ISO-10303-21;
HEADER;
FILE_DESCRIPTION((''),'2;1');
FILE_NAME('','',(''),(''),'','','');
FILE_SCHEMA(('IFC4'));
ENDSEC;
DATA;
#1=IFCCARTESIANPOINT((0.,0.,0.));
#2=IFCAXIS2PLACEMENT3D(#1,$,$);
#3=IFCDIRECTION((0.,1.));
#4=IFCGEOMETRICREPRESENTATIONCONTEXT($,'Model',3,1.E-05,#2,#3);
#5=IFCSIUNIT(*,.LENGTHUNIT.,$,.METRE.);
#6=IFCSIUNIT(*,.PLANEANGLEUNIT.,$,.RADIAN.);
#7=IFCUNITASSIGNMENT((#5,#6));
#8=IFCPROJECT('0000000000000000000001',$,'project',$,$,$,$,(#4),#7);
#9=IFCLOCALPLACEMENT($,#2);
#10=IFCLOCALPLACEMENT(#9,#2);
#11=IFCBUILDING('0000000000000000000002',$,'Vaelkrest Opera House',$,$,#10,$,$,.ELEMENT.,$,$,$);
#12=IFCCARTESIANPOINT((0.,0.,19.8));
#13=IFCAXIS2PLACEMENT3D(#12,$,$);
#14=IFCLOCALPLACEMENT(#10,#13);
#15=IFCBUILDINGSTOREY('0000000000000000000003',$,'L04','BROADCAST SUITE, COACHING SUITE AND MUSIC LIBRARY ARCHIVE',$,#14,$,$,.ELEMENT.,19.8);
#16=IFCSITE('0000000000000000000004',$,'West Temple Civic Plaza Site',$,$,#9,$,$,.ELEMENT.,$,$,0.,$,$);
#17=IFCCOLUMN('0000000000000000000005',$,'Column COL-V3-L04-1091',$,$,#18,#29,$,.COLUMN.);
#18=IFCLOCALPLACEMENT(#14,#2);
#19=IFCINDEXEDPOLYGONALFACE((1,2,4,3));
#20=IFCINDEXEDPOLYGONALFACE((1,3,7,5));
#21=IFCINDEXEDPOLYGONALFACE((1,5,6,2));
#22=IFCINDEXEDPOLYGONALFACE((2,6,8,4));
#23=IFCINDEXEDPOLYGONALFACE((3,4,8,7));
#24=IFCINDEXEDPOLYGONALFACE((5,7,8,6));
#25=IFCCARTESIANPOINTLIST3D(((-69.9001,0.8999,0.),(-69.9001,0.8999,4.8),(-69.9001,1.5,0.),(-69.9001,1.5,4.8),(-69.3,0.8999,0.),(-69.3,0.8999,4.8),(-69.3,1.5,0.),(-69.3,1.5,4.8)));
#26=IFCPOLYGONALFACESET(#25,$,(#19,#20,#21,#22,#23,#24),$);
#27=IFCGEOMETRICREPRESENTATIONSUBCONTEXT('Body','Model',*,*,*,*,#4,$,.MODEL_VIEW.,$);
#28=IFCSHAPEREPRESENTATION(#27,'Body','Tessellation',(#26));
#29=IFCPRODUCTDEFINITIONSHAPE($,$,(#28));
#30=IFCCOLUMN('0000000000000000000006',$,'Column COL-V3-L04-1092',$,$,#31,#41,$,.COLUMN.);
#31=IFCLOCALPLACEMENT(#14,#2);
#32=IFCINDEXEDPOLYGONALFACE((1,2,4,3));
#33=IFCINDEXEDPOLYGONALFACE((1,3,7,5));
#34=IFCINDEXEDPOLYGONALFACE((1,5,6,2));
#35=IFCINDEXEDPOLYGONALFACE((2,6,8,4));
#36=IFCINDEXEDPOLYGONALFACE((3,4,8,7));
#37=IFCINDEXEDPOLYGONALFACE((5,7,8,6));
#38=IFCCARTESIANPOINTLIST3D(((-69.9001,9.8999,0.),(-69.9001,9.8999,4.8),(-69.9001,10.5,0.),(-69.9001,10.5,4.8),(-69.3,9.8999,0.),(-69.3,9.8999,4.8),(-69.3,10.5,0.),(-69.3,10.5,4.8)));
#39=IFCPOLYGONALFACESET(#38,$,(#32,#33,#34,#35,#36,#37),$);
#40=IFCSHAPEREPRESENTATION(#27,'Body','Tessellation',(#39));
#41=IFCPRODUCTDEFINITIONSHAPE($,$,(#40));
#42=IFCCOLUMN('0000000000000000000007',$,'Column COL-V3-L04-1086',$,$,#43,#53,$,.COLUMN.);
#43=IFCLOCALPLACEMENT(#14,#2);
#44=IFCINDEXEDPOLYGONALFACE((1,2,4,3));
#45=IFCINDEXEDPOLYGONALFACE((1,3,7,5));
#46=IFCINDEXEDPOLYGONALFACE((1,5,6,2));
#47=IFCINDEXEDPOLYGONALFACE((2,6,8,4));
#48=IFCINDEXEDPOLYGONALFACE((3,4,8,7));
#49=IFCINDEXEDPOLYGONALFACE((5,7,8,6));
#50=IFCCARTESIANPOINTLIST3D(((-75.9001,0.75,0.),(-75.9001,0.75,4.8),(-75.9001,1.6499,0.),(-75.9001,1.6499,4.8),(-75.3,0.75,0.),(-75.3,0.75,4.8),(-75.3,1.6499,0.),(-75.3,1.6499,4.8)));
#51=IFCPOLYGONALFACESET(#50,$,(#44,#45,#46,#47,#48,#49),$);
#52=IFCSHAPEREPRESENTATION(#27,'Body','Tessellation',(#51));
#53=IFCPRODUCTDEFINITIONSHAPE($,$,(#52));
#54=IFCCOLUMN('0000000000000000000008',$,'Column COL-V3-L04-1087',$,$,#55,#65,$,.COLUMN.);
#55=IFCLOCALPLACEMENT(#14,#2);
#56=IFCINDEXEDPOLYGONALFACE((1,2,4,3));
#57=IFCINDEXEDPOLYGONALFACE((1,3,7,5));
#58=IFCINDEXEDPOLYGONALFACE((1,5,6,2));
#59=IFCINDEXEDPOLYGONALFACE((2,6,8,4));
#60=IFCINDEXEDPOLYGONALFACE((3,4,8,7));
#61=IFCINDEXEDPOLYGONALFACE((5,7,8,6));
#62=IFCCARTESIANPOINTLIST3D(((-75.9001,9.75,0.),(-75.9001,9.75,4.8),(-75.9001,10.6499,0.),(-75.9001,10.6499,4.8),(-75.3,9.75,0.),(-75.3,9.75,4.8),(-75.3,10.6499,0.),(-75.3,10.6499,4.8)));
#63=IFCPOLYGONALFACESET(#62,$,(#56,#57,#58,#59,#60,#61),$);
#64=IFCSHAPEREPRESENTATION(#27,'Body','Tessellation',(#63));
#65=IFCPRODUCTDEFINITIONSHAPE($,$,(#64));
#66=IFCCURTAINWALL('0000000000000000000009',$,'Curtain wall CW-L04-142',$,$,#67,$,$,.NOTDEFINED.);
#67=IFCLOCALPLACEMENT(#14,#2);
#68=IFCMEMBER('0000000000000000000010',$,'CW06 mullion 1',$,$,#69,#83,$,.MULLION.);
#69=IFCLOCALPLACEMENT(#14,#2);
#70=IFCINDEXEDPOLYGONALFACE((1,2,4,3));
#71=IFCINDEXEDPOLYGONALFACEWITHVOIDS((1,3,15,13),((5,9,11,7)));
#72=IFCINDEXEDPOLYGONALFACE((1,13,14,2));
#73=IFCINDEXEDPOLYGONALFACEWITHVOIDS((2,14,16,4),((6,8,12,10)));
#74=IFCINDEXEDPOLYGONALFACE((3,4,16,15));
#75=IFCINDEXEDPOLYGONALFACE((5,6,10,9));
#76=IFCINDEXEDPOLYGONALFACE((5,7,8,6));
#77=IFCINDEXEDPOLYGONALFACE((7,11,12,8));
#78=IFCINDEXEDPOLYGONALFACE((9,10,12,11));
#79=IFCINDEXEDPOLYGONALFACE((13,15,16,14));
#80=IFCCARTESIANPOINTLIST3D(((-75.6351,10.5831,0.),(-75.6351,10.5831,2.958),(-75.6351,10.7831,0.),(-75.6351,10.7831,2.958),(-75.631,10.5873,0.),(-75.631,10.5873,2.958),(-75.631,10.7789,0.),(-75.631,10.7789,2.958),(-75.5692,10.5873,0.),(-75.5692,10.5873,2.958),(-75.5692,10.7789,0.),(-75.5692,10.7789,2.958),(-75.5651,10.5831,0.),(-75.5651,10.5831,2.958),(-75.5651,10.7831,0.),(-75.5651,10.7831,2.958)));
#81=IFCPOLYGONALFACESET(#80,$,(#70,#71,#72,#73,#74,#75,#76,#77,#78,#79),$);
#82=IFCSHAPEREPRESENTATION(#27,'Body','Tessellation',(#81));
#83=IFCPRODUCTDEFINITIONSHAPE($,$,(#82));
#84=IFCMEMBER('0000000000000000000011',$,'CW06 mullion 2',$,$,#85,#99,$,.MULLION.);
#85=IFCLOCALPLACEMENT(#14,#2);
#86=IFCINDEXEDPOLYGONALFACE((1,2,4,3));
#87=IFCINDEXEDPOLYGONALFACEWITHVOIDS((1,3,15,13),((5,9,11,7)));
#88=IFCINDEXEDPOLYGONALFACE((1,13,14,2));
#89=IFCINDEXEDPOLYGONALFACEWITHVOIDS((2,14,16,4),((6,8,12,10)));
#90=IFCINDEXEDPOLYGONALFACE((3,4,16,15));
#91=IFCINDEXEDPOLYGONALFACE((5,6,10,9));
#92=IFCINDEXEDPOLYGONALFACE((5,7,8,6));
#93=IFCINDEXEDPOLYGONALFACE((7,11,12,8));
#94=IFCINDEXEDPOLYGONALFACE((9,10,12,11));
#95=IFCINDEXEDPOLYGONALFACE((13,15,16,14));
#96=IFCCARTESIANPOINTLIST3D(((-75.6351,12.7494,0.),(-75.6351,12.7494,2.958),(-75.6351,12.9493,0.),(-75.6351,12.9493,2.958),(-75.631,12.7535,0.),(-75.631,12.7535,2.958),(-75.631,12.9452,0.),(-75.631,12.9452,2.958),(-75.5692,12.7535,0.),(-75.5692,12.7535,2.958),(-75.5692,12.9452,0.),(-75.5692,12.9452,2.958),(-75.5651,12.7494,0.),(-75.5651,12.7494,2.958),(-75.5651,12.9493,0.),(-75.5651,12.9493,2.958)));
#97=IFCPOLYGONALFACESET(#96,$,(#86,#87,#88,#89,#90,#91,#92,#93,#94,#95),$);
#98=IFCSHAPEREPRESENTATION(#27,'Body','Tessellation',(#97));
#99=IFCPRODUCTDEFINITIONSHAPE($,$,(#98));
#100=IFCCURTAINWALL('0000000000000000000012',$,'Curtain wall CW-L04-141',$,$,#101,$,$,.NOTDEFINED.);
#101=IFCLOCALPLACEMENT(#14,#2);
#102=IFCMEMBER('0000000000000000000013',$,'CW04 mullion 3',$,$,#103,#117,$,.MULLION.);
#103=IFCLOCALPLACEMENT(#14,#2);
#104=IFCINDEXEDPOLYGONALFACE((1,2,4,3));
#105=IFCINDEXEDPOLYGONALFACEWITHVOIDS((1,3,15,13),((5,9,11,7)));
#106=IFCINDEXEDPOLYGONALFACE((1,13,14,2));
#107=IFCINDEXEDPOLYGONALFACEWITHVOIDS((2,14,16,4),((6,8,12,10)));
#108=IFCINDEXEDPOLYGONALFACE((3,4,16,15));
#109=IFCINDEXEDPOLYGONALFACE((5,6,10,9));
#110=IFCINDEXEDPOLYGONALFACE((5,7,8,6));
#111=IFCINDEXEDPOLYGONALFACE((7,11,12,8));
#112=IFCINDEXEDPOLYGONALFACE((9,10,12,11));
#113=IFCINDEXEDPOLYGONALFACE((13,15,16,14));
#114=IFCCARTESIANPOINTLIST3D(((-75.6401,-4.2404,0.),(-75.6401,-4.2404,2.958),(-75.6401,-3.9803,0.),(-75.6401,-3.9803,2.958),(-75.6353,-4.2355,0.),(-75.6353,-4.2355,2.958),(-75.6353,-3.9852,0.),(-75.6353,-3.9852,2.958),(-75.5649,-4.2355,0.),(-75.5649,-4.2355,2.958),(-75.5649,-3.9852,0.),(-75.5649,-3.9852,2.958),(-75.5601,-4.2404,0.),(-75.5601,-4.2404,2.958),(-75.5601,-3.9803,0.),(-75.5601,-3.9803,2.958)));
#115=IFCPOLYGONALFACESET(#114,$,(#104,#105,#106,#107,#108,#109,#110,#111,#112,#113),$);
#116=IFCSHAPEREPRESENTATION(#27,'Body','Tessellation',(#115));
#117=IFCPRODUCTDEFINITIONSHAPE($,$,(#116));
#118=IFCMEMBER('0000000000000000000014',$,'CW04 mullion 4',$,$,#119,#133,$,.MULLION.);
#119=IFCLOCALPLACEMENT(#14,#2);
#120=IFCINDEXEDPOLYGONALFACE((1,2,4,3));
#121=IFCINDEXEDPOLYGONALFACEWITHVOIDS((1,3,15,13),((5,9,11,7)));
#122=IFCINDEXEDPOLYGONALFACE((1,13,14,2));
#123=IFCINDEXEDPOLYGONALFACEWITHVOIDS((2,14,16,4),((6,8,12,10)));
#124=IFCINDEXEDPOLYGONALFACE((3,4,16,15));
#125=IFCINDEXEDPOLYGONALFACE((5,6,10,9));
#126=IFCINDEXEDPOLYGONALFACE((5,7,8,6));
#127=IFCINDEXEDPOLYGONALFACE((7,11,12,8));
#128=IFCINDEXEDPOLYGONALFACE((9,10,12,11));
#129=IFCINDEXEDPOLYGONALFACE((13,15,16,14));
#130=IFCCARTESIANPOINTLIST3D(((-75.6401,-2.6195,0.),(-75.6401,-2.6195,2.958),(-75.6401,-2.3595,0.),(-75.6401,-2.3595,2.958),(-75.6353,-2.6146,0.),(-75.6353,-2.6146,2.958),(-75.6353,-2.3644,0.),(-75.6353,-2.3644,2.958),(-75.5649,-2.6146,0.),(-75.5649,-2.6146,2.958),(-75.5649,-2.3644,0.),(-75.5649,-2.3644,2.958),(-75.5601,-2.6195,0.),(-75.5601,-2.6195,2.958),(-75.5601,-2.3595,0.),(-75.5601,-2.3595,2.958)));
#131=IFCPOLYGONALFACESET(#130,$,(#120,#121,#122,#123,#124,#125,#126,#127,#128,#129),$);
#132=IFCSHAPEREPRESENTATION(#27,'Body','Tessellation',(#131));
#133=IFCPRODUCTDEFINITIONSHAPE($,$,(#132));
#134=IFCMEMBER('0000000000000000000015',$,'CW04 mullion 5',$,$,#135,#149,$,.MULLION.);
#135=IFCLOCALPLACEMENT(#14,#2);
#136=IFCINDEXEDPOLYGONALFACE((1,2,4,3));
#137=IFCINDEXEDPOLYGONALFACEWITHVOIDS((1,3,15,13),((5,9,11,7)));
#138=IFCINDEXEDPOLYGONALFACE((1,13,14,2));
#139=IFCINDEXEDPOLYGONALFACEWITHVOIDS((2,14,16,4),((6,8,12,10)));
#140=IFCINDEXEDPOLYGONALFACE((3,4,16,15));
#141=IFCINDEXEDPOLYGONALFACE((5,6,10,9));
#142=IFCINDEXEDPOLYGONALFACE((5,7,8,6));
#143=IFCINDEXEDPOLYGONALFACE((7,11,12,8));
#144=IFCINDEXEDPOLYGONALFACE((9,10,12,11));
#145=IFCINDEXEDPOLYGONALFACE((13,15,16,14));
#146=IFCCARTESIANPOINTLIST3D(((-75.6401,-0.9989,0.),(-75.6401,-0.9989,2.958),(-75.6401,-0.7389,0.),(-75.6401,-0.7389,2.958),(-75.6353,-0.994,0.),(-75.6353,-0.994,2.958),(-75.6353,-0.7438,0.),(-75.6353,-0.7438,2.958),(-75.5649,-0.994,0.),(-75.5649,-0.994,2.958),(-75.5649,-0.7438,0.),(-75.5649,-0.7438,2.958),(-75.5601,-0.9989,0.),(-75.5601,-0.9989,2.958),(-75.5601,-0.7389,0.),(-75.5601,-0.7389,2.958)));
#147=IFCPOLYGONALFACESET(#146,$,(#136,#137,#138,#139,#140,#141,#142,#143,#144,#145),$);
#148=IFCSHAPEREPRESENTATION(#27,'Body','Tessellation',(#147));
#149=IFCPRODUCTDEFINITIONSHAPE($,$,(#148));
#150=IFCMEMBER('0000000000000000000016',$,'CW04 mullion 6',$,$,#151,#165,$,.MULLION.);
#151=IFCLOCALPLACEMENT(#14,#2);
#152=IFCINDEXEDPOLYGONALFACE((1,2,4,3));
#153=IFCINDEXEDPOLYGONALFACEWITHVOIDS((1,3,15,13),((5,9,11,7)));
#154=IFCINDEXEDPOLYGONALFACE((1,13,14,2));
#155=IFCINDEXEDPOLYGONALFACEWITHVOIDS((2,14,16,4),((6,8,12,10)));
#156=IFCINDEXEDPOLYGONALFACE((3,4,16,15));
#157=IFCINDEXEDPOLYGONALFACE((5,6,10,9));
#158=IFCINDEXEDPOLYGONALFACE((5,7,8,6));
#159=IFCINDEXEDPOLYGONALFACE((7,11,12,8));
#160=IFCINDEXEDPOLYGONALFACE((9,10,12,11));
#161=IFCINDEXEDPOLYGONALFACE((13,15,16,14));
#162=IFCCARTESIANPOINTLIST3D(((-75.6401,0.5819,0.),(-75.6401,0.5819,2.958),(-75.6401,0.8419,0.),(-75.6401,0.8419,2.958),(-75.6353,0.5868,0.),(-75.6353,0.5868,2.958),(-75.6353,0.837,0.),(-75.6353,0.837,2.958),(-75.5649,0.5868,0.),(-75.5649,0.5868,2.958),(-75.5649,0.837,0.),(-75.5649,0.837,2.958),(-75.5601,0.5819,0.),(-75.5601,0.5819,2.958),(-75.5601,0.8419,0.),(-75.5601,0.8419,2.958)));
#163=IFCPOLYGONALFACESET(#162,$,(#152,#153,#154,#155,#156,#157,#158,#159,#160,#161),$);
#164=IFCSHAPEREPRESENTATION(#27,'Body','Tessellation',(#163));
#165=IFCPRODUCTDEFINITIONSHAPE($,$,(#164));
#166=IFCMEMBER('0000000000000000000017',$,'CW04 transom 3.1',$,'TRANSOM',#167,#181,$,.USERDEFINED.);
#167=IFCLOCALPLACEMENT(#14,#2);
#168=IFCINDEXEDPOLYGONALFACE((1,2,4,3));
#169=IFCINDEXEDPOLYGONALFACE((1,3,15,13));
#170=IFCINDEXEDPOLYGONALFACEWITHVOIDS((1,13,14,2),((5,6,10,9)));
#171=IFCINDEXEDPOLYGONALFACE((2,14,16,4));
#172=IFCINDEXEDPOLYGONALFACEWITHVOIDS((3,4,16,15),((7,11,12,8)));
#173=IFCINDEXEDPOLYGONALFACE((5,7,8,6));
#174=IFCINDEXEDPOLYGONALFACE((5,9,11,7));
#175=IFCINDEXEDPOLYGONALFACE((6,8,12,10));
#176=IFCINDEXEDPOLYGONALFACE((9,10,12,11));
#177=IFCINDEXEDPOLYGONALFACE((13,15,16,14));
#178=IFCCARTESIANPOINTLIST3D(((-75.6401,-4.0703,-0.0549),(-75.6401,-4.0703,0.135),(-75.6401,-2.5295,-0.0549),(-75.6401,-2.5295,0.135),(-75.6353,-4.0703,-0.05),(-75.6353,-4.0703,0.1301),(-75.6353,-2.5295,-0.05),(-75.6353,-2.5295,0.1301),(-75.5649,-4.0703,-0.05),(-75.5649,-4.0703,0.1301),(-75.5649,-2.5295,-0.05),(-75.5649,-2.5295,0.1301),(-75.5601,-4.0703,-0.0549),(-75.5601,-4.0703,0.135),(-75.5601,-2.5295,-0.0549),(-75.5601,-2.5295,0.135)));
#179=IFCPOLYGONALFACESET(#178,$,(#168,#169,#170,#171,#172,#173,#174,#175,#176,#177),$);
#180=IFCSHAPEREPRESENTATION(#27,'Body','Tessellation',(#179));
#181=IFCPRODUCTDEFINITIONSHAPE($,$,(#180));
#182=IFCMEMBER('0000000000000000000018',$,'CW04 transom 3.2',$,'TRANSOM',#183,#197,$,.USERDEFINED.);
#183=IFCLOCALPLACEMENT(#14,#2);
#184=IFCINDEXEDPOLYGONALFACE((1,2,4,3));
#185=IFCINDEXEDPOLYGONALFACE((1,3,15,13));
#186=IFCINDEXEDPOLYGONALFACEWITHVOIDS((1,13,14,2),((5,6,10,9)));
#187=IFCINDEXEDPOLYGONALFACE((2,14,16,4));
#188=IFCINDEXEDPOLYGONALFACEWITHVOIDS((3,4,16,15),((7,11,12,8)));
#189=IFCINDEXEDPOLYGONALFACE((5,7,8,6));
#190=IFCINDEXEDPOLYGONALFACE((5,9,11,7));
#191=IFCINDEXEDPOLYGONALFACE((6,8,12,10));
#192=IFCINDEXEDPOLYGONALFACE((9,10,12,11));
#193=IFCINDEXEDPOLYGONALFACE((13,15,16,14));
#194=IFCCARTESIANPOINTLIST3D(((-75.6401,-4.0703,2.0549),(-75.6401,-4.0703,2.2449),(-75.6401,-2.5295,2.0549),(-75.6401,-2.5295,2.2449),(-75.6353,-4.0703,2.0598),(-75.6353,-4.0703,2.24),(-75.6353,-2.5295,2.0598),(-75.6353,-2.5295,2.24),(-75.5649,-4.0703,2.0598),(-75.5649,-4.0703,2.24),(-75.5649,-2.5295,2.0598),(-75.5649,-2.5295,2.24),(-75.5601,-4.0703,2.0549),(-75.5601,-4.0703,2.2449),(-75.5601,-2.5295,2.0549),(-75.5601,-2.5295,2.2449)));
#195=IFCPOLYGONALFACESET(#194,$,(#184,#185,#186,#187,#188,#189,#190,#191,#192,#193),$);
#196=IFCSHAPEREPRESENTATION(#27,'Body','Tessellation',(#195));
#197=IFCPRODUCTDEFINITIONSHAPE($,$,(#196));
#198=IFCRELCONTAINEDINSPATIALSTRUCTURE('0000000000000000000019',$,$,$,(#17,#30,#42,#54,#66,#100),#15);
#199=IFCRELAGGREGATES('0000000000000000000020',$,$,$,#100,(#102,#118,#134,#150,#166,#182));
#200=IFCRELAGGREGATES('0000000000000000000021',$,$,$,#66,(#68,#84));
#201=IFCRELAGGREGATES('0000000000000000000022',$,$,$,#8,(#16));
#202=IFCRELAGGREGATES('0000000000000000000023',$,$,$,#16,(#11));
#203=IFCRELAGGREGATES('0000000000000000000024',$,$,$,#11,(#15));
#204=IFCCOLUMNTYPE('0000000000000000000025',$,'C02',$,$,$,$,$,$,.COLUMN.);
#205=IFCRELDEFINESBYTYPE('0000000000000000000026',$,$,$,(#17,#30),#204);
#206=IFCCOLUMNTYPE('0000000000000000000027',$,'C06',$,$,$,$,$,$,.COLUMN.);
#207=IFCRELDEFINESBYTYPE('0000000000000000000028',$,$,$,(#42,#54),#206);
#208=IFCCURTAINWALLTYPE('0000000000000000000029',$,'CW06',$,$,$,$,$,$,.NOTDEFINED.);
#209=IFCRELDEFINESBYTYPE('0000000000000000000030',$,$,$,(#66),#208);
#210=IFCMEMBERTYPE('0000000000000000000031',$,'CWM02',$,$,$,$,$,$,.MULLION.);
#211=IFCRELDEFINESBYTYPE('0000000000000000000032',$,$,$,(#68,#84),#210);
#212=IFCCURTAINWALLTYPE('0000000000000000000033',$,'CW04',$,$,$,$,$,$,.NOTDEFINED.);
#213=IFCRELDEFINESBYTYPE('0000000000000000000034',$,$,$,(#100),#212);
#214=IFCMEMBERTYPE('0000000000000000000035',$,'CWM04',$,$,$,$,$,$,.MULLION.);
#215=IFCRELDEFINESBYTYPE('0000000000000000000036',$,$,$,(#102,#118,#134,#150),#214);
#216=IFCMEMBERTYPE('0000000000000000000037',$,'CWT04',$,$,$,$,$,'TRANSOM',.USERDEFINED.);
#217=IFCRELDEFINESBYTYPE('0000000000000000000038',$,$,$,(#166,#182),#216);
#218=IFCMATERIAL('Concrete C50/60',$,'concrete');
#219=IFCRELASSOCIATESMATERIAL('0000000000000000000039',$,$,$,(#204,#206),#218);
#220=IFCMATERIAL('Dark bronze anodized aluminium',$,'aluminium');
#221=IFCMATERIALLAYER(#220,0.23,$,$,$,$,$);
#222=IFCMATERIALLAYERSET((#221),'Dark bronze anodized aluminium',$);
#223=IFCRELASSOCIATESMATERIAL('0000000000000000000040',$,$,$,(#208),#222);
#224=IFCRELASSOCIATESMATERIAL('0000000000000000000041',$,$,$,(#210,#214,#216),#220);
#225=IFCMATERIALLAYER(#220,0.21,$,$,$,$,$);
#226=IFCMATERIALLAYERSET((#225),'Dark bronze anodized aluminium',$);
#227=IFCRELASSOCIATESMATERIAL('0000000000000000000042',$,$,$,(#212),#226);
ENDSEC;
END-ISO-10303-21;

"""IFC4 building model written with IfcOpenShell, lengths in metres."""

from ifc_helpers import new_model, si_unit, direction, frame, origin, origin_2d, place, context, subcontext, project, spatial, rectangle, hollow_rectangle, extrude, material, layer, layer_set, material_profile, profile_set, type_object, element, aggregate, save


model = new_model("IFC4")

# Units and contexts
model_context = context("Model", 3, precision=1e-05, world=origin(), true_north=direction((0.0, 1.0)))
body_context = subcontext(model_context, "Body", "Model", "MODEL_VIEW")
ifc_project = project(units=[si_unit("LENGTHUNIT", "METRE"), si_unit("PLANEANGLEUNIT", "RADIAN")], contexts=[model_context])

# Site, building, storey
site_placement = place(None, origin())
site = spatial("IfcSite", under=ifc_project, at=site_placement, Name="West Temple Civic Plaza Site", CompositionType="ELEMENT", RefElevation=0.0)
building_placement = place(site_placement, origin())
building = spatial("IfcBuilding", under=site, at=building_placement, Name="Vaelkrest Opera House", CompositionType="ELEMENT")
storey_placement = place(building_placement, frame((0.0, 0.0, 19.8)))
storey = spatial("IfcBuildingStorey", under=building, at=storey_placement, Name="L04", Description="BROADCAST SUITE, COACHING SUITE AND MUSIC LIBRARY ARCHIVE", CompositionType="ELEMENT", Elevation=19.8)

# Columns
ifc_material_1 = material(Name="Concrete C50/60", Category="concrete")
ifc_material_profile_1 = material_profile(ifc_material_1, rectangle(XDim=0.6001, YDim=0.6001, at=origin_2d()), Name="RC600X600")
ifc_profile_set_1 = profile_set([ifc_material_profile_1], Name="Concrete C50/60")
column_type_1 = type_object("IfcColumnType", Name="C02", PredefinedType="COLUMN", material=ifc_profile_set_1)
for number, where, z_axis, x_axis, name in (
    (1, (-69.6001, 1.2, 0.0), (0.0, 0.0, 1.0), (1.0, 0.0, 0.0), "Column COL-V3-L04-1091"),
    (2, (-69.6001, 10.2, 0.0), (0.0, 0.0, 1.0), (1.0, 0.0, 0.0), "Column COL-V3-L04-1092"),
):
    element("IfcColumn", number, at=place(storey_placement, frame(where, z_axis=z_axis, x_axis=x_axis)), inside=storey, type_object=column_type_1, Name=name, PredefinedType="COLUMN", context=body_context, shape_type="SweptSolid", body=[
        extrude(rectangle(XDim=0.6001, YDim=0.6001, at=origin_2d()), origin(), (0.0, 0.0, 1.0), 4.8),
    ])
ifc_material_profile_2 = material_profile(ifc_material_1, rectangle(XDim=0.6001, YDim=0.8999, at=origin_2d()), Name="RC600X900")
ifc_profile_set_2 = profile_set([ifc_material_profile_2], Name="Concrete C50/60")
column_type_2 = type_object("IfcColumnType", Name="C06", PredefinedType="COLUMN", material=ifc_profile_set_2)
for number, where, z_axis, x_axis, name in (
    (3, (-75.6001, 1.2, 0.0), (0.0, 0.0, 1.0), (1.0, 0.0, 0.0), "Column COL-V3-L04-1086"),
    (4, (-75.6001, 10.2, 0.0), (0.0, 0.0, 1.0), (1.0, 0.0, 0.0), "Column COL-V3-L04-1087"),
):
    element("IfcColumn", number, at=place(storey_placement, frame(where, z_axis=z_axis, x_axis=x_axis)), inside=storey, type_object=column_type_2, Name=name, PredefinedType="COLUMN", context=body_context, shape_type="SweptSolid", body=[
        extrude(rectangle(XDim=0.6001, YDim=0.8999, at=origin_2d()), origin(), (0.0, 0.0, 1.0), 4.8),
    ])

# Curtain walls, members
ifc_material_2 = material(Name="Dark bronze anodized aluminium", Category="aluminium")
ifc_layer_1 = layer(ifc_material_2, 0.23)
ifc_layer_set_1 = layer_set([ifc_layer_1], Name="Dark bronze anodized aluminium")
curtain_wall_type_1 = type_object("IfcCurtainWallType", Name="CW06", PredefinedType="NOTDEFINED", material=ifc_layer_set_1)
curtain_wall_1_placement = place(storey_placement, origin())
curtain_wall_1 = element("IfcCurtainWall", 5, at=curtain_wall_1_placement, inside=storey, type_object=curtain_wall_type_1, Name="Curtain wall CW-L04-142", PredefinedType="NOTDEFINED")
ifc_material_profile_3 = material_profile(ifc_material_2, hollow_rectangle(XDim=0.0701, YDim=0.2, WallThickness=0.0042, at=origin_2d()), Name="CWM70X200")
ifc_profile_set_3 = profile_set([ifc_material_profile_3], Name="Dark bronze anodized aluminium")
member_type_1 = type_object("IfcMemberType", Name="CWM02", PredefinedType="MULLION", material=ifc_profile_set_3)
member_1_placement = place(storey_placement, frame((-75.6001, 10.6831, 0.0), z_axis=(0.0, 0.0, 1.0), x_axis=(-1.0, 0.0, 0.0)))
member_1 = element("IfcMember", 6, at=member_1_placement, type_object=member_type_1, Name="CW06 mullion 1", PredefinedType="MULLION", context=body_context, shape_type="SweptSolid", body=[
    extrude(hollow_rectangle(XDim=0.0701, YDim=0.2, WallThickness=0.0042, at=origin_2d()), origin(), (0.0, 0.0, 1.0), 2.958),
])
member_2_placement = place(storey_placement, frame((-75.6001, 12.8494, 0.0), z_axis=(0.0, 0.0, 1.0), x_axis=(-1.0, 0.0, 0.0)))
member_2 = element("IfcMember", 7, at=member_2_placement, type_object=member_type_1, Name="CW06 mullion 2", PredefinedType="MULLION", context=body_context, shape_type="SweptSolid", body=[
    extrude(hollow_rectangle(XDim=0.0701, YDim=0.2, WallThickness=0.0042, at=origin_2d()), origin(), (0.0, 0.0, 1.0), 2.958),
])
ifc_layer_2 = layer(ifc_material_2, 0.21)
ifc_layer_set_2 = layer_set([ifc_layer_2], Name="Dark bronze anodized aluminium")
curtain_wall_type_2 = type_object("IfcCurtainWallType", Name="CW04", PredefinedType="NOTDEFINED", material=ifc_layer_set_2)
curtain_wall_2_placement = place(storey_placement, origin())
curtain_wall_2 = element("IfcCurtainWall", 8, at=curtain_wall_2_placement, inside=storey, type_object=curtain_wall_type_2, Name="Curtain wall CW-L04-141", PredefinedType="NOTDEFINED")
ifc_material_profile_4 = material_profile(ifc_material_2, hollow_rectangle(XDim=0.0801, YDim=0.26, WallThickness=0.0049, at=origin_2d()), Name="CWM80X260")
ifc_profile_set_4 = profile_set([ifc_material_profile_4], Name="Dark bronze anodized aluminium")
member_type_2 = type_object("IfcMemberType", Name="CWM04", PredefinedType="MULLION", material=ifc_profile_set_4)
member_3_placement = place(storey_placement, frame((-75.6001, -4.1104, 0.0), z_axis=(0.0, 0.0, 1.0), x_axis=(-1.0, 0.0, 0.0)))
member_3 = element("IfcMember", 9, at=member_3_placement, type_object=member_type_2, Name="CW04 mullion 3", PredefinedType="MULLION", context=body_context, shape_type="SweptSolid", body=[
    extrude(hollow_rectangle(XDim=0.0801, YDim=0.26, WallThickness=0.0049, at=origin_2d()), origin(), (0.0, 0.0, 1.0), 2.958),
])
member_4_placement = place(storey_placement, frame((-75.6001, -2.4895, 0.0), z_axis=(0.0, 0.0, 1.0), x_axis=(-1.0, 0.0, 0.0)))
member_4 = element("IfcMember", 10, at=member_4_placement, type_object=member_type_2, Name="CW04 mullion 4", PredefinedType="MULLION", context=body_context, shape_type="SweptSolid", body=[
    extrude(hollow_rectangle(XDim=0.0801, YDim=0.26, WallThickness=0.0049, at=origin_2d()), origin(), (0.0, 0.0, 1.0), 2.958),
])
member_5_placement = place(storey_placement, frame((-75.6001, -0.8689, 0.0), z_axis=(0.0, 0.0, 1.0), x_axis=(-1.0, 0.0, 0.0)))
member_5 = element("IfcMember", 11, at=member_5_placement, type_object=member_type_2, Name="CW04 mullion 5", PredefinedType="MULLION", context=body_context, shape_type="SweptSolid", body=[
    extrude(hollow_rectangle(XDim=0.0801, YDim=0.26, WallThickness=0.0049, at=origin_2d()), origin(), (0.0, 0.0, 1.0), 2.958),
])
member_6_placement = place(storey_placement, frame((-75.6001, 0.7119, 0.0), z_axis=(0.0, 0.0, 1.0), x_axis=(-1.0, 0.0, 0.0)))
member_6 = element("IfcMember", 12, at=member_6_placement, type_object=member_type_2, Name="CW04 mullion 6", PredefinedType="MULLION", context=body_context, shape_type="SweptSolid", body=[
    extrude(hollow_rectangle(XDim=0.0801, YDim=0.26, WallThickness=0.0049, at=origin_2d()), origin(), (0.0, 0.0, 1.0), 2.958),
])
ifc_material_profile_5 = material_profile(ifc_material_2, hollow_rectangle(XDim=0.0801, YDim=0.1899, WallThickness=0.0049, at=origin_2d()), Name="CWT80X190")
ifc_profile_set_5 = profile_set([ifc_material_profile_5], Name="Dark bronze anodized aluminium")
member_type_3 = type_object("IfcMemberType", Name="CWT04", ElementType="TRANSOM", PredefinedType="USERDEFINED", material=ifc_profile_set_5)
member_7_placement = place(storey_placement, frame((-75.6001, -4.0703, 0.04), z_axis=(0.0, 1.0, 0.0), x_axis=(-1.0, 0.0, 0.0)))
member_7 = element("IfcMember", 13, at=member_7_placement, type_object=member_type_3, Name="CW04 transom 3.1", ObjectType="TRANSOM", PredefinedType="USERDEFINED", context=body_context, shape_type="SweptSolid", body=[
    extrude(hollow_rectangle(XDim=0.0801, YDim=0.1899, WallThickness=0.0049, at=origin_2d()), origin(), (0.0, 0.0, 1.0), 1.5408),
])
member_8_placement = place(storey_placement, frame((-75.6001, -4.0703, 2.1499), z_axis=(0.0, 1.0, 0.0), x_axis=(-1.0, 0.0, 0.0)))
member_8 = element("IfcMember", 14, at=member_8_placement, type_object=member_type_3, Name="CW04 transom 3.2", ObjectType="TRANSOM", PredefinedType="USERDEFINED", context=body_context, shape_type="SweptSolid", body=[
    extrude(hollow_rectangle(XDim=0.0801, YDim=0.1899, WallThickness=0.0049, at=origin_2d()), origin(), (0.0, 0.0, 1.0), 1.5408),
])

aggregate(curtain_wall_2, [member_3, member_4, member_5, member_6, member_7, member_8])
aggregate(curtain_wall_1, [member_1, member_2])

save(model, "model.ifc")
